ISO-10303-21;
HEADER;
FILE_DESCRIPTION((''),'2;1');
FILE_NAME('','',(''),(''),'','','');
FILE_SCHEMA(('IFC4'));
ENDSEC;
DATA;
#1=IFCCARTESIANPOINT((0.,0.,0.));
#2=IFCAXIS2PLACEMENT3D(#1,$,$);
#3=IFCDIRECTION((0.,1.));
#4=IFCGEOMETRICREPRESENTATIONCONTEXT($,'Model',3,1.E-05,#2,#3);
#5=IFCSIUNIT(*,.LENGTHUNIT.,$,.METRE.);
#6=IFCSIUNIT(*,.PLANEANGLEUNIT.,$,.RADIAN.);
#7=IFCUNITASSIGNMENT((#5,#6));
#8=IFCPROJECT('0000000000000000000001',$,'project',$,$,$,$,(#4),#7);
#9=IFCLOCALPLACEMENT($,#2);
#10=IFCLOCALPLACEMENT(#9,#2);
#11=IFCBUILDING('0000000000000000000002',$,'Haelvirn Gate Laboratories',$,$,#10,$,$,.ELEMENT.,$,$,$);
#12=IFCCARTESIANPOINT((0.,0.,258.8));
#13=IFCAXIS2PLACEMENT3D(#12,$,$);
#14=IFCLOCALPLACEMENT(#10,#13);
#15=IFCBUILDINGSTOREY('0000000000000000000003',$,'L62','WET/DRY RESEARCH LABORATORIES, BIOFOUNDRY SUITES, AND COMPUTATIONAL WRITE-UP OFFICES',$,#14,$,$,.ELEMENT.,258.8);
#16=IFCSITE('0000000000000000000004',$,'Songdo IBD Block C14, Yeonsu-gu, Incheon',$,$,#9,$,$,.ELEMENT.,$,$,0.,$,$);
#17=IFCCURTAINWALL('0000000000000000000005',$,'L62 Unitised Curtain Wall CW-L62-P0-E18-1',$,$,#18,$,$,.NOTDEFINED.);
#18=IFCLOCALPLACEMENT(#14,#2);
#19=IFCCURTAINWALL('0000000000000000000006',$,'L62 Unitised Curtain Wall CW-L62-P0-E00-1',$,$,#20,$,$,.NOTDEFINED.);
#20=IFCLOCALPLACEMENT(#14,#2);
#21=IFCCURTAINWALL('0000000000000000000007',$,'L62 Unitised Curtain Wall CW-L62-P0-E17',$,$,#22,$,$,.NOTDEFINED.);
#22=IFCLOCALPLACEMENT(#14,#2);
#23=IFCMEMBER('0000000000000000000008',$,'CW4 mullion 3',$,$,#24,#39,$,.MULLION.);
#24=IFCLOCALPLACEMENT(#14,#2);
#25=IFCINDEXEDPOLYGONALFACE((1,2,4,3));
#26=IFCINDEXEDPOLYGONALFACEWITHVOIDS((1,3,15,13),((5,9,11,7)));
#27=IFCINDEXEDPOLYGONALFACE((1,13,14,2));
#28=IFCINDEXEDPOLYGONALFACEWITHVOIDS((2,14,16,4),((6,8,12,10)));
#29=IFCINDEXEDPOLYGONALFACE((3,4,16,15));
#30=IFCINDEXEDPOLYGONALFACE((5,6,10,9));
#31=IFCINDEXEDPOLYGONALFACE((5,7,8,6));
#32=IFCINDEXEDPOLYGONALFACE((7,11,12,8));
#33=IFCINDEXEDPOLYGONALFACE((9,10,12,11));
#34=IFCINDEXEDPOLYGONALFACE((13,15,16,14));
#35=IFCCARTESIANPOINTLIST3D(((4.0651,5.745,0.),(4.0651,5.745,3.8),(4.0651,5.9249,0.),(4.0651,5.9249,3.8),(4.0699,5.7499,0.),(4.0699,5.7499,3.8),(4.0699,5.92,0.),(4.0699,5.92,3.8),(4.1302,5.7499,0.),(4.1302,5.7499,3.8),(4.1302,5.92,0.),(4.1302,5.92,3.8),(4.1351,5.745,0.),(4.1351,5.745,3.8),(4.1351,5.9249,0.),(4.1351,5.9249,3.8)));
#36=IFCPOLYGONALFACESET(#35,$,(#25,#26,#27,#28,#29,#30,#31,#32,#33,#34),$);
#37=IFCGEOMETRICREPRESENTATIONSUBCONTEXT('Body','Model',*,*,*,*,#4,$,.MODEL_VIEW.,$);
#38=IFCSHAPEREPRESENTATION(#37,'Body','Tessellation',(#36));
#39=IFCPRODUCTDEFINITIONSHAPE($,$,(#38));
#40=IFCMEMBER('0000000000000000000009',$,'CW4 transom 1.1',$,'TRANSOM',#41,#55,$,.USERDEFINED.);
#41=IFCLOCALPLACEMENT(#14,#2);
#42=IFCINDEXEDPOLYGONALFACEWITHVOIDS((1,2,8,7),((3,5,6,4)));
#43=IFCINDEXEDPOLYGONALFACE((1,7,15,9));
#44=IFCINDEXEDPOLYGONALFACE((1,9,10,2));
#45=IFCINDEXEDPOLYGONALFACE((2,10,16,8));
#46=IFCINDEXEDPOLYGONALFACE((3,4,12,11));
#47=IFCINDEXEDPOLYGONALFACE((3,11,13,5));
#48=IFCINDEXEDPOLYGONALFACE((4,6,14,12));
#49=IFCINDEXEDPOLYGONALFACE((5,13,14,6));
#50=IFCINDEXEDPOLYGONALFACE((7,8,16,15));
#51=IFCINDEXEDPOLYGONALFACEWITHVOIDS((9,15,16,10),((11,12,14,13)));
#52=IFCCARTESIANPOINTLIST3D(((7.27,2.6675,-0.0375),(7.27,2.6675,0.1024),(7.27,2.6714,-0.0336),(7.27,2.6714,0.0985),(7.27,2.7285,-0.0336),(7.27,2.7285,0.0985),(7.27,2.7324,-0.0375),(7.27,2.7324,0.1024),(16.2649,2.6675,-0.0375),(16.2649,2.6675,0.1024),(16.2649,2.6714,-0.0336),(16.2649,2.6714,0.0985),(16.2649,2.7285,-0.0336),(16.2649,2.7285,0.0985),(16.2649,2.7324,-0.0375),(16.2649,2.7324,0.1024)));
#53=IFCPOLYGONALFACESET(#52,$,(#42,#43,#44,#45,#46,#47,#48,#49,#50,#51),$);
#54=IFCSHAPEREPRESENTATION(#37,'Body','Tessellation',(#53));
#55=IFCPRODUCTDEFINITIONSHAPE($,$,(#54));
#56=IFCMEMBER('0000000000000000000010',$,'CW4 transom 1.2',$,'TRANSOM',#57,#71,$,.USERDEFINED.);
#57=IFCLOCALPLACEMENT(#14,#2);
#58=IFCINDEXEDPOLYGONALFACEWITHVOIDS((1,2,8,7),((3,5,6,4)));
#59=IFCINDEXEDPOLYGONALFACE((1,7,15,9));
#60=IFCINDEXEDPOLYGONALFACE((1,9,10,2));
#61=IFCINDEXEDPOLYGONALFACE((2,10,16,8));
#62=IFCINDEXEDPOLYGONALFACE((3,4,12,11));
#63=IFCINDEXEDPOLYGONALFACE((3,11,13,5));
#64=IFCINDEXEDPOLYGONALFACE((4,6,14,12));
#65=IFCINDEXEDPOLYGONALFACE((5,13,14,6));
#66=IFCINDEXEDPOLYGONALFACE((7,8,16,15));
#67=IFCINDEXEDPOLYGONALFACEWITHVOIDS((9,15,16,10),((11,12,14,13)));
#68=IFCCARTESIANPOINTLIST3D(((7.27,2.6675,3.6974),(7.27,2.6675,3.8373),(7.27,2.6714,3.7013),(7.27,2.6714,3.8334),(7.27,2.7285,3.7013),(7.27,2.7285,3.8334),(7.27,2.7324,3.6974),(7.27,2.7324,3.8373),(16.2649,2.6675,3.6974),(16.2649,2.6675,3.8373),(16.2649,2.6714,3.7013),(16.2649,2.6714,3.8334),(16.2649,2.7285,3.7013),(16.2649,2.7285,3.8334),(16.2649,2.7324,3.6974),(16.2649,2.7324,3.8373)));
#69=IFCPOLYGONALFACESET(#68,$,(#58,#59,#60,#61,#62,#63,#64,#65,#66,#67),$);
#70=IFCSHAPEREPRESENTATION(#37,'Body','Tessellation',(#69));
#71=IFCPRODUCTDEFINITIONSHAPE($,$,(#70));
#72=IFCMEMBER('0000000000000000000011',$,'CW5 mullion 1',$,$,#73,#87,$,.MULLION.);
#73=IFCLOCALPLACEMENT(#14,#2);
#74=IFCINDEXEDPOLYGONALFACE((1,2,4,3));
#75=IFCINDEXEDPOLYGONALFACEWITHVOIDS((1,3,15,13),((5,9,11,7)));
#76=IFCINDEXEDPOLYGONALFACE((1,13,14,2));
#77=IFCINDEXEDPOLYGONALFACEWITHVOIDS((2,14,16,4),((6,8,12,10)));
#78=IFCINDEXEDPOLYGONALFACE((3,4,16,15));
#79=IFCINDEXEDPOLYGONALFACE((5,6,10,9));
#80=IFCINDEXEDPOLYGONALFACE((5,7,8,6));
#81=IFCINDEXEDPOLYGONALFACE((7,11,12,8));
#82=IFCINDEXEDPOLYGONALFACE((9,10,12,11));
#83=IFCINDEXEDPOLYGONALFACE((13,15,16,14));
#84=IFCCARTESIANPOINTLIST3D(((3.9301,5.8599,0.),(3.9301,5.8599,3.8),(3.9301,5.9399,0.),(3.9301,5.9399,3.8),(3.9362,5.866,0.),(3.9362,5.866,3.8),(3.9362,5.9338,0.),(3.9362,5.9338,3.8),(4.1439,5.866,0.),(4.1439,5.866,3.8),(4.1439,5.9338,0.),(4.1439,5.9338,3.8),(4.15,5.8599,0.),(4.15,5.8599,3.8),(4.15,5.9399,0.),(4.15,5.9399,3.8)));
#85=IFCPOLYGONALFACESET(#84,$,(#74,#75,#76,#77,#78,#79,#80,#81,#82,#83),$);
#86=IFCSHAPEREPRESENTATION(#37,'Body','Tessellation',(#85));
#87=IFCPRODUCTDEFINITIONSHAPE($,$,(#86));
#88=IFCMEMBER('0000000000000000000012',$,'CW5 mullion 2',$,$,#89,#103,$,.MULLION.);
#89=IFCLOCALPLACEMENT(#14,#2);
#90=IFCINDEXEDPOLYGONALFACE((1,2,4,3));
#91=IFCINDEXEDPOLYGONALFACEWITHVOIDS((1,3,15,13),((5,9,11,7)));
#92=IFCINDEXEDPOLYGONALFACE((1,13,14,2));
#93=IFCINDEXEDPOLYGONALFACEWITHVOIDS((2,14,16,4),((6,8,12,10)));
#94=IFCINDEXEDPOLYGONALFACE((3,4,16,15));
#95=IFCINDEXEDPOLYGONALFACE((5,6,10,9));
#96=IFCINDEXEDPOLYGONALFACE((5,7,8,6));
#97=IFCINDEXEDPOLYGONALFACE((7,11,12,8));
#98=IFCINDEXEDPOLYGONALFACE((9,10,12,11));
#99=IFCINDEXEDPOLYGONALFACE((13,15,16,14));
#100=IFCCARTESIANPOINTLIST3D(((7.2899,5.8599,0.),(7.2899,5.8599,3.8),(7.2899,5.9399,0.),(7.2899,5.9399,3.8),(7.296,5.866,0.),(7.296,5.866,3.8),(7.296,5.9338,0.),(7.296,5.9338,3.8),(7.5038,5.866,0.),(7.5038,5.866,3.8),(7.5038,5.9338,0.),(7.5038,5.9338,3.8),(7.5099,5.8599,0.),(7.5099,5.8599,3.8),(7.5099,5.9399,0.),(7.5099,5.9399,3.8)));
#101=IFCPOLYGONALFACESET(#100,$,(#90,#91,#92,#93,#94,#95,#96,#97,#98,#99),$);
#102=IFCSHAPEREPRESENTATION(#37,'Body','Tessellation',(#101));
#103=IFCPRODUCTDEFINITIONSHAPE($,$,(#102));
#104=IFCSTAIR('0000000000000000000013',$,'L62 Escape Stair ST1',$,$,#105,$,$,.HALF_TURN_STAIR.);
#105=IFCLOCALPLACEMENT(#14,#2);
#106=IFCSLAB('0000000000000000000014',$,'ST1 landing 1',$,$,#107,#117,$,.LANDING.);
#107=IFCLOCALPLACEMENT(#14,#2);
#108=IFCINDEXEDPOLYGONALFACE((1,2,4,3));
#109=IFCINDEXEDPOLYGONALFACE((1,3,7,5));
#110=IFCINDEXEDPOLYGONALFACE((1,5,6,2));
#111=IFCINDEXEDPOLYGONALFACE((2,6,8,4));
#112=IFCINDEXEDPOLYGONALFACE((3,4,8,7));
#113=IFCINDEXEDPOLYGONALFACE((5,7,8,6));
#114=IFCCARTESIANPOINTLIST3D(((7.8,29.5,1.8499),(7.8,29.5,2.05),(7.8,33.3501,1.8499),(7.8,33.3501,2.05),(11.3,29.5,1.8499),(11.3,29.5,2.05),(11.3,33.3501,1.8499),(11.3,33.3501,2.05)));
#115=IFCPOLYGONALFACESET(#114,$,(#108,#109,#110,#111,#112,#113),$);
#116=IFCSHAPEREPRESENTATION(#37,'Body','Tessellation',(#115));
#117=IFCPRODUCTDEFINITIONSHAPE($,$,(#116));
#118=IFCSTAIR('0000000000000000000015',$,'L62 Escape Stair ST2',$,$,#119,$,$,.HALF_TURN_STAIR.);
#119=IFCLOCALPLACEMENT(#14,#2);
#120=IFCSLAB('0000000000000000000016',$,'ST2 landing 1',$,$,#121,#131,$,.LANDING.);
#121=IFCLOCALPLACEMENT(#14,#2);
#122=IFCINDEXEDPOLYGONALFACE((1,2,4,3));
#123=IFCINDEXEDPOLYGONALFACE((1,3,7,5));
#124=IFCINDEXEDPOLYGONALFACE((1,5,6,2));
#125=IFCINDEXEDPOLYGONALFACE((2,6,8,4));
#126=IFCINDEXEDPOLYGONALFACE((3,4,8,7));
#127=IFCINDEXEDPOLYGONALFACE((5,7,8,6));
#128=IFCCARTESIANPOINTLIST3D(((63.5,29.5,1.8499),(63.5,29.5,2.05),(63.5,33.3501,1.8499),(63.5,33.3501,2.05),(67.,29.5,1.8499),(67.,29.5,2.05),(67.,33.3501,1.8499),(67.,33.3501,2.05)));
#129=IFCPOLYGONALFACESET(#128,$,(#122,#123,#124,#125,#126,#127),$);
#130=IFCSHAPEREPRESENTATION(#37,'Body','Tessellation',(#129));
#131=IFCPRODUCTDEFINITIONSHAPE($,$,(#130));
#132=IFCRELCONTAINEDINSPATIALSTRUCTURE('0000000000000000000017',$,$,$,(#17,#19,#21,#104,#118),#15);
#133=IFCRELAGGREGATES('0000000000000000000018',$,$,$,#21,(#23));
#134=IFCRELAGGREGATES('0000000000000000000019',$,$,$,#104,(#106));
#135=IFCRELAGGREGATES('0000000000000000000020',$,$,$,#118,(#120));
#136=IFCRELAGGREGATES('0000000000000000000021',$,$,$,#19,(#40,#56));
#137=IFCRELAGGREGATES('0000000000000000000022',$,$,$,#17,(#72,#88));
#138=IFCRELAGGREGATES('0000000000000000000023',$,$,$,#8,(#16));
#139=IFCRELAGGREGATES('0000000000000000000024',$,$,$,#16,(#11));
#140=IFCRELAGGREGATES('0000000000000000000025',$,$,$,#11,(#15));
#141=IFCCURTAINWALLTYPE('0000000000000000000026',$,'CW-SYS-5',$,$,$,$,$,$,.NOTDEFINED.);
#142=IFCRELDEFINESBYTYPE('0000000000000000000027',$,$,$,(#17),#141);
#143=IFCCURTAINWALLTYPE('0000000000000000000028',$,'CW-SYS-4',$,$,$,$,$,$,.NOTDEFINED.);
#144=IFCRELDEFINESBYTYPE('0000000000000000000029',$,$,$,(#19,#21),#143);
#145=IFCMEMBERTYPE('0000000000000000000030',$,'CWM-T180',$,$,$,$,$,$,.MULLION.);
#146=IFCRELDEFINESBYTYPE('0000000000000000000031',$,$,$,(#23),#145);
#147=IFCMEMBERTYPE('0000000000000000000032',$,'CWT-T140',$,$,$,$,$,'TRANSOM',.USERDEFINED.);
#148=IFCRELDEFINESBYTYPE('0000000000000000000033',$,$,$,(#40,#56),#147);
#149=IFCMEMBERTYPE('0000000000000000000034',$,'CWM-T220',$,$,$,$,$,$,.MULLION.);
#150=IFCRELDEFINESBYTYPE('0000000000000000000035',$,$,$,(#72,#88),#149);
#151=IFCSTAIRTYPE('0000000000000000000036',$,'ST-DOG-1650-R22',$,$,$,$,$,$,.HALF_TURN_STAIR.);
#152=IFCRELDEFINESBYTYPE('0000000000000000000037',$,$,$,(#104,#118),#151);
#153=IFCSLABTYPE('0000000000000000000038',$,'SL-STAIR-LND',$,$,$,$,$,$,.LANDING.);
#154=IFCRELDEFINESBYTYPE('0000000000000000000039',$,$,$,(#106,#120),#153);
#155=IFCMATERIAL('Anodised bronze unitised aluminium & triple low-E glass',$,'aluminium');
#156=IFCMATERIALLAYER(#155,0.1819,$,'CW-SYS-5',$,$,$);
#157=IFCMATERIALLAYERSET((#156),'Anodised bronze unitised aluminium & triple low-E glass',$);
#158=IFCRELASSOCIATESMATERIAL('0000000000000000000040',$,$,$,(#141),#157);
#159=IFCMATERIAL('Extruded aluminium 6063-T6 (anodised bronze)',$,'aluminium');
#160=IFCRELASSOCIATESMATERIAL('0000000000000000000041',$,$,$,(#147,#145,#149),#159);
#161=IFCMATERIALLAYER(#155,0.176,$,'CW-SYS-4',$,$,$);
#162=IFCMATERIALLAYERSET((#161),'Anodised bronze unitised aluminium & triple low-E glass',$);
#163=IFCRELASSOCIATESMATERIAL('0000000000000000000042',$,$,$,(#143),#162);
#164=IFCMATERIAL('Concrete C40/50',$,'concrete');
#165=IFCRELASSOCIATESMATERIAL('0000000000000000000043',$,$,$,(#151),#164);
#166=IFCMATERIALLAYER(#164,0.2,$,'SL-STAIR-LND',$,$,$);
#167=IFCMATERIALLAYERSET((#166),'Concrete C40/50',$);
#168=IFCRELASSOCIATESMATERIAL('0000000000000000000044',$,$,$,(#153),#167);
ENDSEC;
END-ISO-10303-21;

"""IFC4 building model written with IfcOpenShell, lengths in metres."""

from ifc_helpers import new_model, si_unit, direction, frame, origin, origin_2d, place, context, subcontext, project, spatial, polyline, hollow_rectangle, outline, extrude, source, transform, mapped, material, layer, layer_set, material_profile, profile_set, type_object, type_shapes, element, aggregate, save


model = new_model("IFC4")

# Units and contexts
model_context = context("Model", 3, precision=1e-05, world=origin(), true_north=direction((0.0, 1.0)))
body_context = subcontext(model_context, "Body", "Model", "MODEL_VIEW")
ifc_project = project(units=[si_unit("LENGTHUNIT", "METRE"), si_unit("PLANEANGLEUNIT", "RADIAN")], contexts=[model_context])

# Site, building, storey
site_placement = place(None, origin())
site = spatial("IfcSite", under=ifc_project, at=site_placement, Name="Songdo IBD Block C14, Yeonsu-gu, Incheon", CompositionType="ELEMENT", RefElevation=0.0)
building_placement = place(site_placement, origin())
building = spatial("IfcBuilding", under=site, at=building_placement, Name="Haelvirn Gate Laboratories", CompositionType="ELEMENT")
storey_placement = place(building_placement, frame((0.0, 0.0, 258.8)))
storey = spatial("IfcBuildingStorey", under=building, at=storey_placement, Name="L62", Description="WET/DRY RESEARCH LABORATORIES, BIOFOUNDRY SUITES, AND COMPUTATIONAL WRITE-UP OFFICES", CompositionType="ELEMENT", Elevation=258.8)

# Curtain wall
ifc_material_1 = material(Name="Anodised bronze unitised aluminium & triple low-E glass", Category="aluminium")
ifc_layer_1 = layer(ifc_material_1, 0.1819, Name="CW-SYS-5")
ifc_layer_set_1 = layer_set([ifc_layer_1], Name="Anodised bronze unitised aluminium & triple low-E glass")
curtain_wall_type_1 = type_object("IfcCurtainWallType", Name="CW-SYS-5", PredefinedType="NOTDEFINED", material=ifc_layer_set_1)
curtain_wall_1_placement = place(storey_placement, origin())
curtain_wall_1 = element("IfcCurtainWall", 1, at=curtain_wall_1_placement, inside=storey, type_object=curtain_wall_type_1, Name="L62 Unitised Curtain Wall CW-L62-P0-E18-1", PredefinedType="NOTDEFINED")
ifc_material_2 = material(Name="Extruded aluminium 6063-T6 (anodised bronze)", Category="aluminium")
ifc_material_profile_1 = material_profile(ifc_material_2, hollow_rectangle(XDim=0.0649, YDim=0.1399, WallThickness=0.0039, at=origin_2d()), Name="CWT-140x65x4")
ifc_profile_set_1 = profile_set([ifc_material_profile_1], Name="Extruded aluminium 6063-T6 (anodised bronze)")
member_type_1 = type_object("IfcMemberType", Name="CWT-T140", ElementType="TRANSOM", PredefinedType="USERDEFINED", material=ifc_profile_set_1)

# Curtain walls, member
ifc_layer_2 = layer(ifc_material_1, 0.176, Name="CW-SYS-4")
ifc_layer_set_2 = layer_set([ifc_layer_2], Name="Anodised bronze unitised aluminium & triple low-E glass")
curtain_wall_type_2 = type_object("IfcCurtainWallType", Name="CW-SYS-4", PredefinedType="NOTDEFINED", material=ifc_layer_set_2)
curtain_wall_2_placement = place(storey_placement, origin())
curtain_wall_2 = element("IfcCurtainWall", 2, at=curtain_wall_2_placement, inside=storey, type_object=curtain_wall_type_2, Name="L62 Unitised Curtain Wall CW-L62-P0-E00-1", PredefinedType="NOTDEFINED")
ifc_material_profile_2 = material_profile(ifc_material_2, hollow_rectangle(XDim=0.0701, YDim=0.1799, WallThickness=0.0049, at=origin_2d()), Name="CWM-180x70x5")
ifc_profile_set_2 = profile_set([ifc_material_profile_2], Name="Extruded aluminium 6063-T6 (anodised bronze)")
member_type_2 = type_object("IfcMemberType", Name="CWM-T180", PredefinedType="MULLION", material=ifc_profile_set_2)
shared_shape_1 = source(origin(), body_context, "Body", "SweptSolid", [
    extrude(hollow_rectangle(XDim=0.0701, YDim=0.1799, WallThickness=0.0049, at=origin_2d()), origin(), (0.0, 0.0, 1.0), 3.8),
])
type_shapes(member_type_2, [shared_shape_1])
curtain_wall_3_placement = place(storey_placement, origin())
curtain_wall_3 = element("IfcCurtainWall", 3, at=curtain_wall_3_placement, inside=storey, type_object=curtain_wall_type_2, Name="L62 Unitised Curtain Wall CW-L62-P0-E17", PredefinedType="NOTDEFINED")
member_1_placement = place(storey_placement, frame((4.1001, 5.835, 0.0), z_axis=(0.0, 0.0, 1.0), x_axis=(1.0, 0.0, 0.0)))
member_1 = element("IfcMember", 4, at=member_1_placement, type_object=member_type_2, Name="CW4 mullion 3", PredefinedType="MULLION", context=body_context, shape_type="MappedRepresentation", body=[
    mapped(shared_shape_1, transform((0.0, 0.0, 0.0), scale=1.0)),
])
aggregate(curtain_wall_3, [member_1])

# Members
shared_shape_2 = source(origin(), body_context, "Body", "SweptSolid", [
    extrude(hollow_rectangle(XDim=0.0649, YDim=0.1399, WallThickness=0.0039, at=origin_2d()), origin(), (0.0, 0.0, 1.0), 8.9949),
])
member_2_placement = place(storey_placement, frame((7.27, 2.7, 0.0325), z_axis=(1.0, 0.0, 0.0), x_axis=(0.0, 1.0, 0.0)))
member_2 = element("IfcMember", 5, at=member_2_placement, type_object=member_type_1, Name="CW4 transom 1.1", ObjectType="TRANSOM", PredefinedType="USERDEFINED", context=body_context, shape_type="MappedRepresentation", body=[
    mapped(shared_shape_2, transform((0.0, 0.0, 0.0), scale=1.0)),
])
member_3_placement = place(storey_placement, frame((7.27, 2.7, 3.7673), z_axis=(1.0, 0.0, 0.0), x_axis=(0.0, 1.0, 0.0)))
member_3 = element("IfcMember", 6, at=member_3_placement, type_object=member_type_1, Name="CW4 transom 1.2", ObjectType="TRANSOM", PredefinedType="USERDEFINED", context=body_context, shape_type="MappedRepresentation", body=[
    mapped(shared_shape_2, transform((0.0, 0.0, 0.0), scale=1.0)),
])
ifc_material_profile_3 = material_profile(ifc_material_2, hollow_rectangle(XDim=0.0801, YDim=0.22, WallThickness=0.0061, at=origin_2d()), Name="CWM-220x80x6")
ifc_profile_set_3 = profile_set([ifc_material_profile_3], Name="Extruded aluminium 6063-T6 (anodised bronze)")
member_type_3 = type_object("IfcMemberType", Name="CWM-T220", PredefinedType="MULLION", material=ifc_profile_set_3)
shared_shape_3 = source(origin(), body_context, "Body", "SweptSolid", [
    extrude(hollow_rectangle(XDim=0.0801, YDim=0.22, WallThickness=0.0061, at=origin_2d()), origin(), (0.0, 0.0, 1.0), 3.8),
])
type_shapes(member_type_3, [shared_shape_3])
member_4_placement = place(storey_placement, frame((4.04, 5.8999, 0.0), z_axis=(0.0, 0.0, 1.0), x_axis=(0.0, 1.0, 0.0)))
member_4 = element("IfcMember", 7, at=member_4_placement, type_object=member_type_3, Name="CW5 mullion 1", PredefinedType="MULLION", context=body_context, shape_type="MappedRepresentation", body=[
    mapped(shared_shape_3, transform((0.0, 0.0, 0.0), scale=1.0)),
])
member_5_placement = place(storey_placement, frame((7.3999, 5.8999, 0.0), z_axis=(0.0, 0.0, 1.0), x_axis=(0.0, 1.0, 0.0)))
member_5 = element("IfcMember", 8, at=member_5_placement, type_object=member_type_3, Name="CW5 mullion 2", PredefinedType="MULLION", context=body_context, shape_type="MappedRepresentation", body=[
    mapped(shared_shape_3, transform((0.0, 0.0, 0.0), scale=1.0)),
])

# Stairs, slabs
ifc_material_3 = material(Name="Concrete C40/50", Category="concrete")
stair_type = type_object("IfcStairType", Name="ST-DOG-1650-R22", PredefinedType="HALF_TURN_STAIR", material=ifc_material_3)
stair_1_placement = place(storey_placement, origin())
stair_1 = element("IfcStair", 9, at=stair_1_placement, inside=storey, type_object=stair_type, Name="L62 Escape Stair ST1", PredefinedType="HALF_TURN_STAIR")
ifc_layer_3 = layer(ifc_material_3, 0.2, Name="SL-STAIR-LND")
ifc_layer_set_3 = layer_set([ifc_layer_3], Name="Concrete C40/50")
slab_type_1 = type_object("IfcSlabType", Name="SL-STAIR-LND", PredefinedType="LANDING", material=ifc_layer_set_3)
slab_1_placement = place(storey_placement, frame((0.0, 0.0, 1.8499)))
slab_1 = element("IfcSlab", 10, at=slab_1_placement, type_object=slab_type_1, Name="ST1 landing 1", PredefinedType="LANDING", context=body_context, shape_type="SweptSolid", body=[
    extrude(outline(polyline([(11.3, 29.5), (11.3, 33.3501), (7.8, 33.3501), (7.8, 29.5), (11.3, 29.5)])), origin(), (0.0, 0.0, 1.0), 0.2002),
])
aggregate(stair_1, [slab_1])
stair_2_placement = place(storey_placement, origin())
stair_2 = element("IfcStair", 11, at=stair_2_placement, inside=storey, type_object=stair_type, Name="L62 Escape Stair ST2", PredefinedType="HALF_TURN_STAIR")
slab_2_placement = place(storey_placement, frame((0.0, 0.0, 1.8499)))
slab_2 = element("IfcSlab", 12, at=slab_2_placement, type_object=slab_type_1, Name="ST2 landing 1", PredefinedType="LANDING", context=body_context, shape_type="SweptSolid", body=[
    extrude(outline(polyline([(67.0, 29.5), (67.0, 33.3501), (63.5, 33.3501), (63.5, 29.5), (67.0, 29.5)])), origin(), (0.0, 0.0, 1.0), 0.2002),
])
aggregate(stair_2, [slab_2])

aggregate(curtain_wall_2, [member_2, member_3])
aggregate(curtain_wall_1, [member_4, member_5])

save(model, "model.ifc")
